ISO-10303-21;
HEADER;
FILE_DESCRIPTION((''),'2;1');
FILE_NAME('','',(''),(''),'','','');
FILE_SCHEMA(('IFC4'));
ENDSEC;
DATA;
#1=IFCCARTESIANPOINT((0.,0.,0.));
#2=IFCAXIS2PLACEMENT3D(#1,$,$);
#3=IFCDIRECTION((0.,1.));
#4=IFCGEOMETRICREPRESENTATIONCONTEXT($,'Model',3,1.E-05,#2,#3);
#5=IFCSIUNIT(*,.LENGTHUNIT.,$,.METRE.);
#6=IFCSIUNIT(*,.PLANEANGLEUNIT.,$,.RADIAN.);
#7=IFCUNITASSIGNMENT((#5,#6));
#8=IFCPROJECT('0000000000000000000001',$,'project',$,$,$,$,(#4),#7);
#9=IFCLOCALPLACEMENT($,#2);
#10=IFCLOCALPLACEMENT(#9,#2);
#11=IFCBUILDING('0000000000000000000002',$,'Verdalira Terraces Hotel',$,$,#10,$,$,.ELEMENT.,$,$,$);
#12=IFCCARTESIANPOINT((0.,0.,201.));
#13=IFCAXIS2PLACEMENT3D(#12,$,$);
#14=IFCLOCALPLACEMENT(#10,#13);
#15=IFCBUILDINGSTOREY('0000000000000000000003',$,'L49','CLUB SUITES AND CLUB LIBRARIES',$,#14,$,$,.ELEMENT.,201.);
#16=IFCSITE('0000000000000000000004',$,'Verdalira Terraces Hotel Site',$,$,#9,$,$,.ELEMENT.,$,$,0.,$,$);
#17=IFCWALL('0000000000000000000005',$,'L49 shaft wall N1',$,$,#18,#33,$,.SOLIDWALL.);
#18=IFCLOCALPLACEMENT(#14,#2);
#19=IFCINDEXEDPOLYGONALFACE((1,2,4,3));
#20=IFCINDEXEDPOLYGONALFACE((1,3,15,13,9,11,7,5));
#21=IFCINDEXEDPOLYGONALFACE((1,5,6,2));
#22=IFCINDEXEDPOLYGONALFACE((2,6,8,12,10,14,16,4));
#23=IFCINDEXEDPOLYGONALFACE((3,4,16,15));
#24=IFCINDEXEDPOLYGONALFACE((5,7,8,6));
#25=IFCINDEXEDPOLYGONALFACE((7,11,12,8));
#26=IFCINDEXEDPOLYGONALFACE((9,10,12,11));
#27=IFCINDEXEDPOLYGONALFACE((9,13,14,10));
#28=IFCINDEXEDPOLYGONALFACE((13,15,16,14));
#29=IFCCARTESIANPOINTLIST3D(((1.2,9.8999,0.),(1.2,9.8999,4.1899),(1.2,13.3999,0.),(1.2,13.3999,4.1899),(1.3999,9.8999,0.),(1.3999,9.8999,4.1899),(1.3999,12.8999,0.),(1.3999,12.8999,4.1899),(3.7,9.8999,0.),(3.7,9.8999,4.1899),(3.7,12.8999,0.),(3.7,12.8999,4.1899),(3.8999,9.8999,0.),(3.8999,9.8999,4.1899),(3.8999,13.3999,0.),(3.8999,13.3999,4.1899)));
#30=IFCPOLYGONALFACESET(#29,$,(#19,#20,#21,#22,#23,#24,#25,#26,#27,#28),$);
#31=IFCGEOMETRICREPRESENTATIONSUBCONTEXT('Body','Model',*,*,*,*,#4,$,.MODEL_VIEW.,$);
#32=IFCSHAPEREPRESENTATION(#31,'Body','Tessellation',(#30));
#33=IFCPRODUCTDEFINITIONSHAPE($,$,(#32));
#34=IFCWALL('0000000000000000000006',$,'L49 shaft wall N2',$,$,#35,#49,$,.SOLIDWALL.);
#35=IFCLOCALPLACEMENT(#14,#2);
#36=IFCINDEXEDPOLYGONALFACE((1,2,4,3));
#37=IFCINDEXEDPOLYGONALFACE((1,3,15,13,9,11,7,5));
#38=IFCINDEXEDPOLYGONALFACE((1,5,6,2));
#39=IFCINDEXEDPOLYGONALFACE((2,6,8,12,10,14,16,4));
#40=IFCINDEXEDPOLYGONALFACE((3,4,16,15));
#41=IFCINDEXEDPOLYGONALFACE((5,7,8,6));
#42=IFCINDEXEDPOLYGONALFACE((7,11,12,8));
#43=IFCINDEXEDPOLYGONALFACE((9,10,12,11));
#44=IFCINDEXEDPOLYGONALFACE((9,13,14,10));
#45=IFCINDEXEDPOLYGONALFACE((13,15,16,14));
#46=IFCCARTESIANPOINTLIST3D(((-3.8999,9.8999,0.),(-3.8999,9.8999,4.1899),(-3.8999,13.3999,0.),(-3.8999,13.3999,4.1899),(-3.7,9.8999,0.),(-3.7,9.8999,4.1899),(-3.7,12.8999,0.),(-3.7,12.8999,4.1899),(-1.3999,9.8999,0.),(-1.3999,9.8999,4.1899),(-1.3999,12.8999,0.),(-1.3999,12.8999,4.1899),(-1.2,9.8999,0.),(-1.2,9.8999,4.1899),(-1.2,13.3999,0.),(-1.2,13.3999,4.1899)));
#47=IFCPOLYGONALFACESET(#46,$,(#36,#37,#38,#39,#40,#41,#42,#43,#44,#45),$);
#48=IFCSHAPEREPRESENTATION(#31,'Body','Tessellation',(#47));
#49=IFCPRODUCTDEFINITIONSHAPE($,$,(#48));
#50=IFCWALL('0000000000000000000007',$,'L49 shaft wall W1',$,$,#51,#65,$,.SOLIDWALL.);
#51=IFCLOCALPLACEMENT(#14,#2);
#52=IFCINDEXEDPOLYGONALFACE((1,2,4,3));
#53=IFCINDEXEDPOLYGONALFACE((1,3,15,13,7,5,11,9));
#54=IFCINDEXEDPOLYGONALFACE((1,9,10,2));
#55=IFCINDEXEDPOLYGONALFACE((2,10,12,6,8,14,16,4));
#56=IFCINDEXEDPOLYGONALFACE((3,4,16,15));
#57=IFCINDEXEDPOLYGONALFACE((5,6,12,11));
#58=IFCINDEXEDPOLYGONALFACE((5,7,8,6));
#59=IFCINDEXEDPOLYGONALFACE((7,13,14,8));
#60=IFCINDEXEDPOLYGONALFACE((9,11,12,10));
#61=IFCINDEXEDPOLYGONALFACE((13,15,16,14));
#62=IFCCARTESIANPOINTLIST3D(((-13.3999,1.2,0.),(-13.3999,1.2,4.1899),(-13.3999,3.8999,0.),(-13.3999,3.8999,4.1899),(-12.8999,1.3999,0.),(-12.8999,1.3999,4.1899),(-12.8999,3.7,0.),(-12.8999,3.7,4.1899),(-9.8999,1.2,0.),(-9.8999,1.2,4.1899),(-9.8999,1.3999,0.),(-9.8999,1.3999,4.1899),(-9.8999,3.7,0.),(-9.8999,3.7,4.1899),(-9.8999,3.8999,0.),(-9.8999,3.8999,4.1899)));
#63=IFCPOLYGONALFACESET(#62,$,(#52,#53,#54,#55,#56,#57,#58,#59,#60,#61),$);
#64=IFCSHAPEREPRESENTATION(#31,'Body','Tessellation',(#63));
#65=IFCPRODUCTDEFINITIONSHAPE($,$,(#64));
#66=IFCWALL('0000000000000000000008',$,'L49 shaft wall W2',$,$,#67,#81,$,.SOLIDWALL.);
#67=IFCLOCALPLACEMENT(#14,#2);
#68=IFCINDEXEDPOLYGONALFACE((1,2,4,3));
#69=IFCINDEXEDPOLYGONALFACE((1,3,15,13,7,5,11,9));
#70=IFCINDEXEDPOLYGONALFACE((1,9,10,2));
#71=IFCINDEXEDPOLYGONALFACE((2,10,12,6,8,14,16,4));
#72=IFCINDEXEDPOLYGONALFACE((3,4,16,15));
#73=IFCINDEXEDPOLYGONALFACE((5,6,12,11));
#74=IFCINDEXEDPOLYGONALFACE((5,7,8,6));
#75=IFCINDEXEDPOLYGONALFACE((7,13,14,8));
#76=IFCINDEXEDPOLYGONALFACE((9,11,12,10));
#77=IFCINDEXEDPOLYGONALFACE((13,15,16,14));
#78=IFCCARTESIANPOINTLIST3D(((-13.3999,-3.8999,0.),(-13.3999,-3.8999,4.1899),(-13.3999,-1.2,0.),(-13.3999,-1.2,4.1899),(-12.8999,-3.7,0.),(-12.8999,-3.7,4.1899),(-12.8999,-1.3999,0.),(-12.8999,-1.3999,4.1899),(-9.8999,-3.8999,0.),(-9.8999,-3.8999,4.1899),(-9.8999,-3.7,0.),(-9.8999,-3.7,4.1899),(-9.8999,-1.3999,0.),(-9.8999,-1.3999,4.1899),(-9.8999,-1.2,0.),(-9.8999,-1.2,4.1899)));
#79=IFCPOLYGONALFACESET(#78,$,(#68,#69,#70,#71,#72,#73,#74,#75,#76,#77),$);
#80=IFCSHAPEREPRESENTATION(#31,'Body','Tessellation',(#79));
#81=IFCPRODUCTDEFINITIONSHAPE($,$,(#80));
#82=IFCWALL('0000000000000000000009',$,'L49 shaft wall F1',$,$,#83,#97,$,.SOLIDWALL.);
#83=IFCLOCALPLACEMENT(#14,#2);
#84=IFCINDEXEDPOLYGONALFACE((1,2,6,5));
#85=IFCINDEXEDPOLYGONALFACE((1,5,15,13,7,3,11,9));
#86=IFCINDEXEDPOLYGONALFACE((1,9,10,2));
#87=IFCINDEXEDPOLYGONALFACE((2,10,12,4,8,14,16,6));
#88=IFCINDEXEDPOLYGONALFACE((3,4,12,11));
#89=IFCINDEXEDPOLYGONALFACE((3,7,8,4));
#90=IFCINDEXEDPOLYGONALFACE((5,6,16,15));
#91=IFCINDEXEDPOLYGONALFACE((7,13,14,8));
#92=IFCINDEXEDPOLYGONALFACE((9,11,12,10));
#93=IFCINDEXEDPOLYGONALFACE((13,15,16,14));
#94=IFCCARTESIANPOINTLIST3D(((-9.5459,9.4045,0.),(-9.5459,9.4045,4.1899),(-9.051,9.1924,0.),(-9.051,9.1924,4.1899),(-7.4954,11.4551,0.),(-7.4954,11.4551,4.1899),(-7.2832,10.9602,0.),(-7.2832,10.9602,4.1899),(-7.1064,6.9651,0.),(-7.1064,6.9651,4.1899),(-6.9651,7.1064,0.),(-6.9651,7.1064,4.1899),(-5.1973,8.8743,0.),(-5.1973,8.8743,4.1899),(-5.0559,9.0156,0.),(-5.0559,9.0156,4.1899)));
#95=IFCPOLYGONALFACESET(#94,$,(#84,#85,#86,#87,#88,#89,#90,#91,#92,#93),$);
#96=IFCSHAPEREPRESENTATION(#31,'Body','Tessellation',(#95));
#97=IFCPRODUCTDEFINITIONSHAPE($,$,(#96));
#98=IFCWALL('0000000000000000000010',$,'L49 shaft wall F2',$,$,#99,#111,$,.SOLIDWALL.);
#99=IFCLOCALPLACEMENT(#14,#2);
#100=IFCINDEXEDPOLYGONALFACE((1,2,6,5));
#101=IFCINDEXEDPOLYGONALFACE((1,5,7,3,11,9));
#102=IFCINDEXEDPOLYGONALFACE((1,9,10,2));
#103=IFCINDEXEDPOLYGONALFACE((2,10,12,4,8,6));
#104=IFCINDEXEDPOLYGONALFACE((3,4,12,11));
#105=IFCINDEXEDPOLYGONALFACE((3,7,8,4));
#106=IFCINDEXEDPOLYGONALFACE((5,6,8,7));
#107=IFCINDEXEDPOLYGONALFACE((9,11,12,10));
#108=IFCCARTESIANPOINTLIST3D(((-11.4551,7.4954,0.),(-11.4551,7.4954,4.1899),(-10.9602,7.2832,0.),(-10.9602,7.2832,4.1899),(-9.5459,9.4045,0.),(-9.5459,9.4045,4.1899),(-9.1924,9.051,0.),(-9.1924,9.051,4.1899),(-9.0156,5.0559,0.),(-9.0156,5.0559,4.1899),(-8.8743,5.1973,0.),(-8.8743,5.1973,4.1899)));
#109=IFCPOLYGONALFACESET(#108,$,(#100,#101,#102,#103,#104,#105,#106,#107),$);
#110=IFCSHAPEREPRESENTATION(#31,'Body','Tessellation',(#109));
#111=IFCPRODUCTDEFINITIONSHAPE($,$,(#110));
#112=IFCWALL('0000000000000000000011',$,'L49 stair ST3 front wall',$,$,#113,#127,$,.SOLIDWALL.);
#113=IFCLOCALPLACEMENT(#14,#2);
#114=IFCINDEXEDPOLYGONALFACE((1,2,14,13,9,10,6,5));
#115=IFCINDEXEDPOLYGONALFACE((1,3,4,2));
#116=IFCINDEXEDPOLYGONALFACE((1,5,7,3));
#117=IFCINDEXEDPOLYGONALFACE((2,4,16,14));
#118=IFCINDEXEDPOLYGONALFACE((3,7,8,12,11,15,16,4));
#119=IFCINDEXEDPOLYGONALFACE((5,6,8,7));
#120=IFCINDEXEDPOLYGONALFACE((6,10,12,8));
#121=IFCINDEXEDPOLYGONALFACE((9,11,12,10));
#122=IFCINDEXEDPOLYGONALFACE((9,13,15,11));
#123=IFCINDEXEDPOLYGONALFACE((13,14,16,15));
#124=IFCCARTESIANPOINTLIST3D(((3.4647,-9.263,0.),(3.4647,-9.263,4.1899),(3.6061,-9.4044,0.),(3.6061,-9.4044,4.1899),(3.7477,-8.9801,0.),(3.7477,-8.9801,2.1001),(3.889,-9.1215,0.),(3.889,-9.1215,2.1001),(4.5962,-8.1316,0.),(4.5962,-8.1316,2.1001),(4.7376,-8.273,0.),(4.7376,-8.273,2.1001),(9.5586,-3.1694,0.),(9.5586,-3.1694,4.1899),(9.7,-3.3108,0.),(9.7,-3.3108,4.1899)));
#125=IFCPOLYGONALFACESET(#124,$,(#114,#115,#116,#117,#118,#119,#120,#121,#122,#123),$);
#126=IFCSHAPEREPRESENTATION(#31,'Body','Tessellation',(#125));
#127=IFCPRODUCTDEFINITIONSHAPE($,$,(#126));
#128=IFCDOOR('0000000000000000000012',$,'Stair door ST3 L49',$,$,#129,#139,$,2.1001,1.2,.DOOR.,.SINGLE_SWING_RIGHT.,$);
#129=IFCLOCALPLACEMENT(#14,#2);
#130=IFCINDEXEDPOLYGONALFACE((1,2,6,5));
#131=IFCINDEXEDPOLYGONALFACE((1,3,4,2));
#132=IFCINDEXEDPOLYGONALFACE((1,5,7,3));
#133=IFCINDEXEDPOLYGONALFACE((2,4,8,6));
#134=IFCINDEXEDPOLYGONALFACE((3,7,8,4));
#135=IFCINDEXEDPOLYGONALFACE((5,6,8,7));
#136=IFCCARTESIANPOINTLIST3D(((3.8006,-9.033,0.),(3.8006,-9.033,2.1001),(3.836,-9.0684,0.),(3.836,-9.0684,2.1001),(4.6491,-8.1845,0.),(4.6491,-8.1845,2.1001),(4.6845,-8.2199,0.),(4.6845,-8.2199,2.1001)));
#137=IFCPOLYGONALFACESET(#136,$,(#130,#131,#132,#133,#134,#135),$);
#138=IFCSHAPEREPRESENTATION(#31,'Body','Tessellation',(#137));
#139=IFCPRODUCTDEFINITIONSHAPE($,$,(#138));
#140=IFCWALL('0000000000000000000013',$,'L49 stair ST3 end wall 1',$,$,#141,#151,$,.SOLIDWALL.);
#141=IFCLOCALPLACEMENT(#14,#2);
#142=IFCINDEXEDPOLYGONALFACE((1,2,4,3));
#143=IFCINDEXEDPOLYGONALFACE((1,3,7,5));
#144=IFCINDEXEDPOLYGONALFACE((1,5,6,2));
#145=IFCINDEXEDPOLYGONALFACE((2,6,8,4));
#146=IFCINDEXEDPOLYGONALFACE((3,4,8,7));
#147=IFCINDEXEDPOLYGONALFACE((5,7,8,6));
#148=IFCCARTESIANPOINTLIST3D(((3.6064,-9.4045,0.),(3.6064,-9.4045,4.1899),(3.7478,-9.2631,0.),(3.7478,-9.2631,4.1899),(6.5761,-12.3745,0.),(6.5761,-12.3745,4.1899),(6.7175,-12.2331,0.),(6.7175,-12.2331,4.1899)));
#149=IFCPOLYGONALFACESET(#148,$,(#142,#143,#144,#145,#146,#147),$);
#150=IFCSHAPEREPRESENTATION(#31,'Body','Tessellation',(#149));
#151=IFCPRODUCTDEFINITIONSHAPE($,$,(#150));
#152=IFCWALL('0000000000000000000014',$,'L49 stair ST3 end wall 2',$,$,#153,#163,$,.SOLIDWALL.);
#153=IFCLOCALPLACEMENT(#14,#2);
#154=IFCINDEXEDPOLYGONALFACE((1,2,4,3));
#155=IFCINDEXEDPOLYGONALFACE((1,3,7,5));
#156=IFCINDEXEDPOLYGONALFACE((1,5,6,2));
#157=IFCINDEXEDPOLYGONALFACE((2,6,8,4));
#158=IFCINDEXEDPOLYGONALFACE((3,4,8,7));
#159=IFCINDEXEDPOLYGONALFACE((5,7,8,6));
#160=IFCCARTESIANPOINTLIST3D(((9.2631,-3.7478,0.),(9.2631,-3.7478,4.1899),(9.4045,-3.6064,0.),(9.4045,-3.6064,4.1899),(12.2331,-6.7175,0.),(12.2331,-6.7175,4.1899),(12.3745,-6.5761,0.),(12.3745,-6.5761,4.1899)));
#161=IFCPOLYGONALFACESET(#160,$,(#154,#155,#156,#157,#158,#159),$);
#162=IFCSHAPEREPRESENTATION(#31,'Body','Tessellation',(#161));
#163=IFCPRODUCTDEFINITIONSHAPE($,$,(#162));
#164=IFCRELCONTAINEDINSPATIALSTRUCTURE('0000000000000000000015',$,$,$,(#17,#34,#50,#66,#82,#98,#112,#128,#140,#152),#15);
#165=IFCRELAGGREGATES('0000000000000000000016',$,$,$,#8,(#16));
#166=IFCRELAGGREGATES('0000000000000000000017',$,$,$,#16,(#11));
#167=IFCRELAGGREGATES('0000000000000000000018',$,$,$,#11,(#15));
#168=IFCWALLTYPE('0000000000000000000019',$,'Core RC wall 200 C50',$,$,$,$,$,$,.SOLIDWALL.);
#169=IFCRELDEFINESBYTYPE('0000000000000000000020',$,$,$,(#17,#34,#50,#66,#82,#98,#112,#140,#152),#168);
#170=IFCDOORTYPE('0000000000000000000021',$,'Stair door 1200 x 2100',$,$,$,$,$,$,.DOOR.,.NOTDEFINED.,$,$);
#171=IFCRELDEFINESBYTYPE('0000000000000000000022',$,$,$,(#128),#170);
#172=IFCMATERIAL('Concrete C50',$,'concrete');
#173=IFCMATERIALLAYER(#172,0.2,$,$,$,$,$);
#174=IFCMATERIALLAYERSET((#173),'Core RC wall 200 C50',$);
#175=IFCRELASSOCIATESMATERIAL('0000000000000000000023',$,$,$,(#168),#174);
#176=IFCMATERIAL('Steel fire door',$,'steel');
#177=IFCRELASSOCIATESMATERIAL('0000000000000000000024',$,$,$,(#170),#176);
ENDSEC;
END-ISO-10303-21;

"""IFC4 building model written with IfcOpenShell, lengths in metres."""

from ifc_helpers import new_model, si_unit, direction, frame, frame_2d, origin, place, context, subcontext, project, spatial, polyline, rectangle, outline, extrude, material, layer, layer_set, type_object, element, fill, save


model = new_model("IFC4")

# Units and contexts
model_context = context("Model", 3, precision=1e-05, world=origin(), true_north=direction((0.0, 1.0)))
body_context = subcontext(model_context, "Body", "Model", "MODEL_VIEW")
ifc_project = project(units=[si_unit("LENGTHUNIT", "METRE"), si_unit("PLANEANGLEUNIT", "RADIAN")], contexts=[model_context])

# Site, building, storey
site_placement = place(None, origin())
site = spatial("IfcSite", under=ifc_project, at=site_placement, Name="Verdalira Terraces Hotel Site", CompositionType="ELEMENT", RefElevation=0.0)
building_placement = place(site_placement, origin())
building = spatial("IfcBuilding", under=site, at=building_placement, Name="Verdalira Terraces Hotel", CompositionType="ELEMENT")
storey_placement = place(building_placement, frame((0.0, 0.0, 201.0)))
storey = spatial("IfcBuildingStorey", under=building, at=storey_placement, Name="L49", Description="CLUB SUITES AND CLUB LIBRARIES", CompositionType="ELEMENT", Elevation=201.0)

# Walls
ifc_material_1 = material(Name="Concrete C50", Category="concrete")
ifc_layer_1 = layer(ifc_material_1, 0.2)
ifc_layer_set_1 = layer_set([ifc_layer_1], Name="Core RC wall 200 C50")
wall_type_1 = type_object("IfcWallType", Name="Core RC wall 200 C50", PredefinedType="SOLIDWALL", material=ifc_layer_set_1)
wall_1_placement = place(storey_placement, origin())
element("IfcWall", 1, at=wall_1_placement, inside=storey, type_object=wall_type_1, Name="L49 shaft wall N1", PredefinedType="SOLIDWALL", context=body_context, shape_type="SweptSolid", body=[
    extrude(outline(polyline([(3.8999, 9.8999), (3.7, 9.8999), (3.7, 12.8999), (1.3999, 12.8999), (1.3999, 9.8999), (1.2, 9.8999), (1.2, 13.3999), (3.8999, 13.3999), (3.8999, 9.8999)])), origin(), (0.0, 0.0, 1.0), 4.1899),
])
wall_2_placement = place(storey_placement, origin())
element("IfcWall", 2, at=wall_2_placement, inside=storey, type_object=wall_type_1, Name="L49 shaft wall N2", PredefinedType="SOLIDWALL", context=body_context, shape_type="SweptSolid", body=[
    extrude(outline(polyline([(-3.8999, 13.3999), (-1.2, 13.3999), (-1.2, 9.8999), (-1.3999, 9.8999), (-1.3999, 12.8999), (-3.7, 12.8999), (-3.7, 9.8999), (-3.8999, 9.8999), (-3.8999, 13.3999)])), origin(), (0.0, 0.0, 1.0), 4.1899),
])
wall_3_placement = place(storey_placement, origin())
element("IfcWall", 3, at=wall_3_placement, inside=storey, type_object=wall_type_1, Name="L49 shaft wall W1", PredefinedType="SOLIDWALL", context=body_context, shape_type="SweptSolid", body=[
    extrude(outline(polyline([(-13.3999, 3.8999), (-9.8999, 3.8999), (-9.8999, 3.7), (-12.8999, 3.7), (-12.8999, 1.3999), (-9.8999, 1.3999), (-9.8999, 1.2), (-13.3999, 1.2), (-13.3999, 3.8999)])), origin(), (0.0, 0.0, 1.0), 4.1899),
])
wall_4_placement = place(storey_placement, origin())
element("IfcWall", 4, at=wall_4_placement, inside=storey, type_object=wall_type_1, Name="L49 shaft wall W2", PredefinedType="SOLIDWALL", context=body_context, shape_type="SweptSolid", body=[
    extrude(outline(polyline([(-13.3999, -3.8999), (-13.3999, -1.2), (-9.8999, -1.2), (-9.8999, -1.3999), (-12.8999, -1.3999), (-12.8999, -3.7), (-9.8999, -3.7), (-9.8999, -3.8999), (-13.3999, -3.8999)])), origin(), (0.0, 0.0, 1.0), 4.1899),
])
wall_5_placement = place(storey_placement, origin())
element("IfcWall", 5, at=wall_5_placement, inside=storey, type_object=wall_type_1, Name="L49 shaft wall F1", PredefinedType="SOLIDWALL", context=body_context, shape_type="SweptSolid", body=[
    extrude(outline(polyline([(-9.5459, 9.4045), (-7.4954, 11.4551), (-5.0559, 9.0156), (-5.1973, 8.8743), (-7.2832, 10.9602), (-9.051, 9.1924), (-6.9651, 7.1064), (-7.1064, 6.9651), (-9.5459, 9.4045)])), origin(), (0.0, 0.0, 1.0), 4.1899),
])
wall_6_placement = place(storey_placement, origin())
element("IfcWall", 6, at=wall_6_placement, inside=storey, type_object=wall_type_1, Name="L49 shaft wall F2", PredefinedType="SOLIDWALL", context=body_context, shape_type="SweptSolid", body=[
    extrude(outline(polyline([(-11.4551, 7.4954), (-9.5459, 9.4045), (-9.1924, 9.051), (-10.9602, 7.2832), (-8.8743, 5.1973), (-9.0156, 5.0559), (-11.4551, 7.4954)])), origin(), (0.0, 0.0, 1.0), 4.1899),
])

# Wall, opening, door
wall_7_placement = place(storey_placement, frame((9.6294, -3.24, 0.0), z_axis=(0.0, 0.0, 1.0), x_axis=(-0.707121, -0.707093, 0.0)))
wall_7 = element("IfcWall", 7, at=wall_7_placement, inside=storey, type_object=wall_type_1, Name="L49 stair ST3 front wall", PredefinedType="SOLIDWALL", context=body_context, shape_type="SweptSolid", body=[
    extrude(rectangle(XDim=8.6179, YDim=0.2, at=frame_2d((4.3091, 0.0))), origin(), (0.0, 0.0, 1.0), 4.1899),
])
opening_placement = place(wall_7_placement, frame((7.0178, 0.0, 0.0)))
opening = element("IfcOpeningElement", 8, at=opening_placement, cuts=wall_7, PredefinedType="OPENING", context=body_context, shape_type="SweptSolid", body=[
    extrude(rectangle(XDim=1.2, YDim=2.1001, at=frame_2d((0.6001, 1.05))), frame((0.0, 0.1099, 0.0), z_axis=(0.0, -1.0, 0.0), x_axis=(1.0, 0.0, 0.0)), (0.0, 0.0, 1.0), 0.22),
])
ifc_material_2 = material(Name="Steel fire door", Category="steel")
door_type = type_object("IfcDoorType", Name="Stair door 1200 x 2100", OperationType="NOTDEFINED", PredefinedType="DOOR", material=ifc_material_2)
door_placement = place(opening_placement, origin())
door = element("IfcDoor", 9, at=door_placement, inside=storey, type_object=door_type, Name="Stair door ST3 L49", OperationType="SINGLE_SWING_RIGHT", OverallHeight=2.1001, OverallWidth=1.2, PredefinedType="DOOR", context=body_context, shape_type="SweptSolid", body=[
    extrude(rectangle(XDim=1.2, YDim=2.1001, at=frame_2d((0.6001, 1.05))), frame((0.0, 0.0249, 0.0), z_axis=(0.0, -1.0, 0.0), x_axis=(1.0, 0.0, 0.0)), (0.0, 0.0, 1.0), 0.05),
])
fill(opening, door)

# Walls
for number, where, z_axis, x_axis, name in (
    (10, (3.677, -9.3337, 0.0), (0.0, 0.0, 1.0), (0.707078, -0.707136, 0.0), "L49 stair ST3 end wall 1"),
    (11, (9.3337, -3.677, 0.0), (0.0, 0.0, 1.0), (0.707136, -0.707078, 0.0), "L49 stair ST3 end wall 2"),
):
    element("IfcWall", number, at=place(storey_placement, frame(where, z_axis=z_axis, x_axis=x_axis)), inside=storey, type_object=wall_type_1, Name=name, PredefinedType="SOLIDWALL", context=body_context, shape_type="SweptSolid", body=[
        extrude(rectangle(XDim=4.2, YDim=0.2, at=frame_2d((2.1001, 0.0))), origin(), (0.0, 0.0, 1.0), 4.1899),
    ])

save(model, "model.ifc")
